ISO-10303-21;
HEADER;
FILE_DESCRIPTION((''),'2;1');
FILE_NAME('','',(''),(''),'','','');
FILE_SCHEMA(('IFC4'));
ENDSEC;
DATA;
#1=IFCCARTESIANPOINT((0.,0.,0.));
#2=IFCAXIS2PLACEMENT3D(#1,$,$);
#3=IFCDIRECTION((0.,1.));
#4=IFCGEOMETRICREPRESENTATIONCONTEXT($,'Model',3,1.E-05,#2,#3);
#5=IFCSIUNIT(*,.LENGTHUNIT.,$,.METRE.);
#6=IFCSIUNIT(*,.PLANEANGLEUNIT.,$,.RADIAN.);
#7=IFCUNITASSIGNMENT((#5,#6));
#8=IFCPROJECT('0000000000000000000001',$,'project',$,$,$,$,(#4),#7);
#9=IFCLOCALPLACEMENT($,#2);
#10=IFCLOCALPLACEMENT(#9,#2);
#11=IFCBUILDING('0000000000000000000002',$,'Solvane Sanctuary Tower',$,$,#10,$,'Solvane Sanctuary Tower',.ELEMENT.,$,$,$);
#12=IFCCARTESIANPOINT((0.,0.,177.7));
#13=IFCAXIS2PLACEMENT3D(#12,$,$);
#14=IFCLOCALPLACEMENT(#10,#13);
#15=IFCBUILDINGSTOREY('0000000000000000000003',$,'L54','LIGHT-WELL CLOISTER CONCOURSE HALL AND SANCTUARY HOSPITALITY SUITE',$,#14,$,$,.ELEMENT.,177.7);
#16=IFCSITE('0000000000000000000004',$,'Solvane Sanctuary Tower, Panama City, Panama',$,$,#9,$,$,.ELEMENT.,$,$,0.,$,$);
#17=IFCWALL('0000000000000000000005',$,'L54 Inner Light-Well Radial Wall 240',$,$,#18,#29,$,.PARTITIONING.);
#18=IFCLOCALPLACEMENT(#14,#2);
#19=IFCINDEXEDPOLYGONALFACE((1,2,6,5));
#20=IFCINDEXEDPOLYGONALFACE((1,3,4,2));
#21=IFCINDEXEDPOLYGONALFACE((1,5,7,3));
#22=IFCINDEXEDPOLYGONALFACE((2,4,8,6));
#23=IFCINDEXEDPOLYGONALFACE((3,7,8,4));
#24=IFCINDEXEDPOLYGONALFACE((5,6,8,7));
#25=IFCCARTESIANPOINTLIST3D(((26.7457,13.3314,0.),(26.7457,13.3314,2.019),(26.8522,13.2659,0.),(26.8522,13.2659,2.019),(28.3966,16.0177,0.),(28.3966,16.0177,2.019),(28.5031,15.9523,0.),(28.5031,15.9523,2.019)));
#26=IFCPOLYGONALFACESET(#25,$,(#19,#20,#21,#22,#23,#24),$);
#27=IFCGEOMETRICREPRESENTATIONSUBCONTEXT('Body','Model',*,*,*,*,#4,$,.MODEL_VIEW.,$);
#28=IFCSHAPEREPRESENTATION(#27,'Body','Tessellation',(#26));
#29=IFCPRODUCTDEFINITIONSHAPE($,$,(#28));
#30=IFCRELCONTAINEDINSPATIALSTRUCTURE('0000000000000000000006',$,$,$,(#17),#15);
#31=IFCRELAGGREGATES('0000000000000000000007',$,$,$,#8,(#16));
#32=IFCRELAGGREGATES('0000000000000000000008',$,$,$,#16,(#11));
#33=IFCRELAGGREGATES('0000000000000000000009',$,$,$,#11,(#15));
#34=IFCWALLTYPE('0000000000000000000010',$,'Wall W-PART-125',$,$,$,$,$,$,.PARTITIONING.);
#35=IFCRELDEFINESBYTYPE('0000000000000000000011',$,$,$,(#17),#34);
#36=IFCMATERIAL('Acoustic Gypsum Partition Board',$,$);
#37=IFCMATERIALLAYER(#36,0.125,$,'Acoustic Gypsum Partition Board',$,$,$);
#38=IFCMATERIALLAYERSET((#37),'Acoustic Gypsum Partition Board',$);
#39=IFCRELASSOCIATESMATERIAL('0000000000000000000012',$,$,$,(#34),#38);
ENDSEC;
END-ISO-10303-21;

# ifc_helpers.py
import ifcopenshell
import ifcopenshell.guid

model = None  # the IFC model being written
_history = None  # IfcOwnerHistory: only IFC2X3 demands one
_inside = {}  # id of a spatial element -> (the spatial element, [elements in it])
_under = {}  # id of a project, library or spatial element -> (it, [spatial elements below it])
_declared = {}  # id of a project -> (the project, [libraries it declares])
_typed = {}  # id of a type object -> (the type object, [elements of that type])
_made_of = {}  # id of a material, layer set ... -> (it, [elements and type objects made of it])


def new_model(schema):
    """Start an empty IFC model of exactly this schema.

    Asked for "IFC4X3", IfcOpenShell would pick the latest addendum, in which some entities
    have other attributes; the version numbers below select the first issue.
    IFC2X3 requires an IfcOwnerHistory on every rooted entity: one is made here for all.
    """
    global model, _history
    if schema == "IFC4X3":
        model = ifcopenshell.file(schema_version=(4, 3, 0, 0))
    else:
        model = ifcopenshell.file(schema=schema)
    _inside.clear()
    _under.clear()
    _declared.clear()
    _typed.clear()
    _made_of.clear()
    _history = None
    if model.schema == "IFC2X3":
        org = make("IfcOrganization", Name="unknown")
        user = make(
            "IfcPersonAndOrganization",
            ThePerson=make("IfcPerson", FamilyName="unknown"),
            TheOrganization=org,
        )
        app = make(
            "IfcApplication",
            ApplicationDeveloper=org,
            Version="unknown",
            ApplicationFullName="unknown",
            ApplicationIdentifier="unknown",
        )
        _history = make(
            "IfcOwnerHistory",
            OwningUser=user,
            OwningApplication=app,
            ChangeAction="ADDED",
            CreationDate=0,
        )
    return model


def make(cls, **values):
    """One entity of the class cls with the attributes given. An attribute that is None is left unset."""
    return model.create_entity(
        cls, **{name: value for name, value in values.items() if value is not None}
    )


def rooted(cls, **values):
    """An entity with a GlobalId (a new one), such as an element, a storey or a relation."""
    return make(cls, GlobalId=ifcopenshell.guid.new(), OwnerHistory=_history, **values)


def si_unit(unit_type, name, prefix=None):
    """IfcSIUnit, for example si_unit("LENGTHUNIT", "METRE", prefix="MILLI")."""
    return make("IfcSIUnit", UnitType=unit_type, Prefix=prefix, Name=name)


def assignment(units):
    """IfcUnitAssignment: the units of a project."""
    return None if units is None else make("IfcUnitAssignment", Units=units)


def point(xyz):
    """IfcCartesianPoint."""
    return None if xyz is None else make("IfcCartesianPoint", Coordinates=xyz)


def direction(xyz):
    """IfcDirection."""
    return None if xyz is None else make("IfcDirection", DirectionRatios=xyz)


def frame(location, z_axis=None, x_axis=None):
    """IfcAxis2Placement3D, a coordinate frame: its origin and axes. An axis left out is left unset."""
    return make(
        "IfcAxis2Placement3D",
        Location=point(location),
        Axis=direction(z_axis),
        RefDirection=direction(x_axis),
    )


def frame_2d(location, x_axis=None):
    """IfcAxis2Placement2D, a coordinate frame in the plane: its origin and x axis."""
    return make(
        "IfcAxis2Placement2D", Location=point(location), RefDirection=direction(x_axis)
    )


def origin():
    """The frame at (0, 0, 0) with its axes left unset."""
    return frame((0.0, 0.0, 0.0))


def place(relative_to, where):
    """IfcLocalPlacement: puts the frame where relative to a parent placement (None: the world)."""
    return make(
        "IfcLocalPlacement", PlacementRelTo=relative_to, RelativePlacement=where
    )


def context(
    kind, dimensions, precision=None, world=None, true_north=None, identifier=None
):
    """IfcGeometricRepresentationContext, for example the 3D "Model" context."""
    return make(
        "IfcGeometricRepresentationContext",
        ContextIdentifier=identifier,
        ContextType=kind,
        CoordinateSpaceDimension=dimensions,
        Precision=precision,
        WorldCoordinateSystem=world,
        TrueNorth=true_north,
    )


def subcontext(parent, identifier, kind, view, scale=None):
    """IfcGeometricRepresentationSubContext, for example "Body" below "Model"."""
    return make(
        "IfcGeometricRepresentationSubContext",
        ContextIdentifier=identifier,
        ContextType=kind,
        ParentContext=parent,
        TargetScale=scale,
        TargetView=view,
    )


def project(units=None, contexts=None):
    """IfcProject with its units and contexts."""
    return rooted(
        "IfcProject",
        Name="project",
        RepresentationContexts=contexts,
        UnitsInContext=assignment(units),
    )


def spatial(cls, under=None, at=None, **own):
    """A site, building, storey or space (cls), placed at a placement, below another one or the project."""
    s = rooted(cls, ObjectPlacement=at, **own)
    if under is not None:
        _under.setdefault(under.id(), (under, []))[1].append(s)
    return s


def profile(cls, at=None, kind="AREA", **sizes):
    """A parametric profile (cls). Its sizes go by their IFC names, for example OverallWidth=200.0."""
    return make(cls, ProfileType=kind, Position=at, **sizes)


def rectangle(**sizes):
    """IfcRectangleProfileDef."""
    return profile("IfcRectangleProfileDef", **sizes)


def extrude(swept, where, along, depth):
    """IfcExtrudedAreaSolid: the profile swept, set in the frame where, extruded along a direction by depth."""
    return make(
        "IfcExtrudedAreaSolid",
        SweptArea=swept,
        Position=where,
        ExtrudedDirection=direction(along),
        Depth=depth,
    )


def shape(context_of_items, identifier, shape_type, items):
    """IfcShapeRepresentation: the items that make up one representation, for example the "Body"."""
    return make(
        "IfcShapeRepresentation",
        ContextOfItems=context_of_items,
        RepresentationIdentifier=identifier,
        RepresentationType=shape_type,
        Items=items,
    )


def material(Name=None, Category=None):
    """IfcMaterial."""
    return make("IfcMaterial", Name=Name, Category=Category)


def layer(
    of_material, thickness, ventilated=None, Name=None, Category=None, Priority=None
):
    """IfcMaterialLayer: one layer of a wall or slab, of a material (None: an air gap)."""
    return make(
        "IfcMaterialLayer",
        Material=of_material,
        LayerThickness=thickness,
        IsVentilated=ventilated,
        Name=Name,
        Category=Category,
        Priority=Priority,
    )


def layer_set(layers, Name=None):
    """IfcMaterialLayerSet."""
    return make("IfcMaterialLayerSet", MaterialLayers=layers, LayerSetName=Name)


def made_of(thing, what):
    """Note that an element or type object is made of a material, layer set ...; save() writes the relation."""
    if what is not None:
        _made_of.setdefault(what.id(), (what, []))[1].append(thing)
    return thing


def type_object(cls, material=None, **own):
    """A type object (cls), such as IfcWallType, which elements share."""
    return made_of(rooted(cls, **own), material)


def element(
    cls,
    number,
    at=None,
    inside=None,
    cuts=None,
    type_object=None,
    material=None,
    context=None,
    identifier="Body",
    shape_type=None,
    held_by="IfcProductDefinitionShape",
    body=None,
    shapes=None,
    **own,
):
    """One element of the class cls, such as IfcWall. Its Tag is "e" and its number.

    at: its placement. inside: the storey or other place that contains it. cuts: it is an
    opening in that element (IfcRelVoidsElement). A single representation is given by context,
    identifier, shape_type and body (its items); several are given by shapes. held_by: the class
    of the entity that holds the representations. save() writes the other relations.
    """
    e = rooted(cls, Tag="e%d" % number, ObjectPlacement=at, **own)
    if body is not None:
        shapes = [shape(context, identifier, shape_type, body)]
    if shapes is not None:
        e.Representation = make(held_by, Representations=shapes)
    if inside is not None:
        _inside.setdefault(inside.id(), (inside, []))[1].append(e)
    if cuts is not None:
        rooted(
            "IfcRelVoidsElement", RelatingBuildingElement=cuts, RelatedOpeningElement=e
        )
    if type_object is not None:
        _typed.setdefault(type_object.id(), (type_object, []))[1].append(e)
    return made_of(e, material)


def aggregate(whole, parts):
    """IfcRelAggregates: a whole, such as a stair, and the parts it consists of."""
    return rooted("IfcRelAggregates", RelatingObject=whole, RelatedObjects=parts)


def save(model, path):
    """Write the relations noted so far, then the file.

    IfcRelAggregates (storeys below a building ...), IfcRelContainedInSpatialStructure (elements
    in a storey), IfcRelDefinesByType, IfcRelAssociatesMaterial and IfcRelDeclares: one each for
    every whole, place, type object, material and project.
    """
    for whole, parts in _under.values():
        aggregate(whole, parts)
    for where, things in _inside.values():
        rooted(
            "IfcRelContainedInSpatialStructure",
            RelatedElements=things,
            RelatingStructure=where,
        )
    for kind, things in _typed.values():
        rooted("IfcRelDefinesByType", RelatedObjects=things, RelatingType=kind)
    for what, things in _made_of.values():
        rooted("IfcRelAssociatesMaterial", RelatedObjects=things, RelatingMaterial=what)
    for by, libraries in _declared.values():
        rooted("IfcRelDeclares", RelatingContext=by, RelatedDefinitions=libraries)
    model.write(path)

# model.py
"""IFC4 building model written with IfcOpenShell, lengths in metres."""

from ifc_helpers import new_model, si_unit, direction, frame, frame_2d, origin, place, context, subcontext, project, spatial, rectangle, extrude, material, layer, layer_set, type_object, element, save


model = new_model("IFC4")

# Units and contexts
model_context = context("Model", 3, precision=1e-05, world=origin(), true_north=direction((0.0, 1.0)))
body_context = subcontext(model_context, "Body", "Model", "MODEL_VIEW")
ifc_project = project(units=[si_unit("LENGTHUNIT", "METRE"), si_unit("PLANEANGLEUNIT", "RADIAN")], contexts=[model_context])

# Site, building, storey
site_placement = place(None, origin())
site = spatial("IfcSite", under=ifc_project, at=site_placement, Name="Solvane Sanctuary Tower, Panama City, Panama", CompositionType="ELEMENT", RefElevation=0.0)
building_placement = place(site_placement, origin())
building = spatial("IfcBuilding", under=site, at=building_placement, Name="Solvane Sanctuary Tower", LongName="Solvane Sanctuary Tower", CompositionType="ELEMENT")
storey_placement = place(building_placement, frame((0.0, 0.0, 177.7)))
storey = spatial("IfcBuildingStorey", under=building, at=storey_placement, Name="L54", Description="LIGHT-WELL CLOISTER CONCOURSE HALL AND SANCTUARY HOSPITALITY SUITE", CompositionType="ELEMENT", Elevation=177.7)

# Shared definitions
ifc_material_1 = material(Name="Acoustic Gypsum Partition Board")

# Shared definitions
ifc_layer_1 = layer(ifc_material_1, 0.125, Name="Acoustic Gypsum Partition Board")
ifc_layer_set_1 = layer_set([ifc_layer_1], Name="Acoustic Gypsum Partition Board")
wall_type_1 = type_object("IfcWallType", Name="Wall W-PART-125", PredefinedType="PARTITIONING", material=ifc_layer_set_1)

# Wall
wall_1_placement = place(storey_placement, frame((28.45, 15.9851, 0.0), z_axis=(0.0, 0.0, 1.0), x_axis=(-0.523588, -0.851972, 0.0)))
element("IfcWall", 1, at=wall_1_placement, inside=storey, type_object=wall_type_1, Name="L54 Inner Light-Well Radial Wall 240", PredefinedType="PARTITIONING", context=body_context, shape_type="SweptSolid", body=[
    extrude(rectangle(XDim=3.1531, YDim=0.125, at=frame_2d((1.5767, 0.0))), origin(), (0.0, 0.0, 1.0), 2.019),
])

save(model, "model.ifc")
